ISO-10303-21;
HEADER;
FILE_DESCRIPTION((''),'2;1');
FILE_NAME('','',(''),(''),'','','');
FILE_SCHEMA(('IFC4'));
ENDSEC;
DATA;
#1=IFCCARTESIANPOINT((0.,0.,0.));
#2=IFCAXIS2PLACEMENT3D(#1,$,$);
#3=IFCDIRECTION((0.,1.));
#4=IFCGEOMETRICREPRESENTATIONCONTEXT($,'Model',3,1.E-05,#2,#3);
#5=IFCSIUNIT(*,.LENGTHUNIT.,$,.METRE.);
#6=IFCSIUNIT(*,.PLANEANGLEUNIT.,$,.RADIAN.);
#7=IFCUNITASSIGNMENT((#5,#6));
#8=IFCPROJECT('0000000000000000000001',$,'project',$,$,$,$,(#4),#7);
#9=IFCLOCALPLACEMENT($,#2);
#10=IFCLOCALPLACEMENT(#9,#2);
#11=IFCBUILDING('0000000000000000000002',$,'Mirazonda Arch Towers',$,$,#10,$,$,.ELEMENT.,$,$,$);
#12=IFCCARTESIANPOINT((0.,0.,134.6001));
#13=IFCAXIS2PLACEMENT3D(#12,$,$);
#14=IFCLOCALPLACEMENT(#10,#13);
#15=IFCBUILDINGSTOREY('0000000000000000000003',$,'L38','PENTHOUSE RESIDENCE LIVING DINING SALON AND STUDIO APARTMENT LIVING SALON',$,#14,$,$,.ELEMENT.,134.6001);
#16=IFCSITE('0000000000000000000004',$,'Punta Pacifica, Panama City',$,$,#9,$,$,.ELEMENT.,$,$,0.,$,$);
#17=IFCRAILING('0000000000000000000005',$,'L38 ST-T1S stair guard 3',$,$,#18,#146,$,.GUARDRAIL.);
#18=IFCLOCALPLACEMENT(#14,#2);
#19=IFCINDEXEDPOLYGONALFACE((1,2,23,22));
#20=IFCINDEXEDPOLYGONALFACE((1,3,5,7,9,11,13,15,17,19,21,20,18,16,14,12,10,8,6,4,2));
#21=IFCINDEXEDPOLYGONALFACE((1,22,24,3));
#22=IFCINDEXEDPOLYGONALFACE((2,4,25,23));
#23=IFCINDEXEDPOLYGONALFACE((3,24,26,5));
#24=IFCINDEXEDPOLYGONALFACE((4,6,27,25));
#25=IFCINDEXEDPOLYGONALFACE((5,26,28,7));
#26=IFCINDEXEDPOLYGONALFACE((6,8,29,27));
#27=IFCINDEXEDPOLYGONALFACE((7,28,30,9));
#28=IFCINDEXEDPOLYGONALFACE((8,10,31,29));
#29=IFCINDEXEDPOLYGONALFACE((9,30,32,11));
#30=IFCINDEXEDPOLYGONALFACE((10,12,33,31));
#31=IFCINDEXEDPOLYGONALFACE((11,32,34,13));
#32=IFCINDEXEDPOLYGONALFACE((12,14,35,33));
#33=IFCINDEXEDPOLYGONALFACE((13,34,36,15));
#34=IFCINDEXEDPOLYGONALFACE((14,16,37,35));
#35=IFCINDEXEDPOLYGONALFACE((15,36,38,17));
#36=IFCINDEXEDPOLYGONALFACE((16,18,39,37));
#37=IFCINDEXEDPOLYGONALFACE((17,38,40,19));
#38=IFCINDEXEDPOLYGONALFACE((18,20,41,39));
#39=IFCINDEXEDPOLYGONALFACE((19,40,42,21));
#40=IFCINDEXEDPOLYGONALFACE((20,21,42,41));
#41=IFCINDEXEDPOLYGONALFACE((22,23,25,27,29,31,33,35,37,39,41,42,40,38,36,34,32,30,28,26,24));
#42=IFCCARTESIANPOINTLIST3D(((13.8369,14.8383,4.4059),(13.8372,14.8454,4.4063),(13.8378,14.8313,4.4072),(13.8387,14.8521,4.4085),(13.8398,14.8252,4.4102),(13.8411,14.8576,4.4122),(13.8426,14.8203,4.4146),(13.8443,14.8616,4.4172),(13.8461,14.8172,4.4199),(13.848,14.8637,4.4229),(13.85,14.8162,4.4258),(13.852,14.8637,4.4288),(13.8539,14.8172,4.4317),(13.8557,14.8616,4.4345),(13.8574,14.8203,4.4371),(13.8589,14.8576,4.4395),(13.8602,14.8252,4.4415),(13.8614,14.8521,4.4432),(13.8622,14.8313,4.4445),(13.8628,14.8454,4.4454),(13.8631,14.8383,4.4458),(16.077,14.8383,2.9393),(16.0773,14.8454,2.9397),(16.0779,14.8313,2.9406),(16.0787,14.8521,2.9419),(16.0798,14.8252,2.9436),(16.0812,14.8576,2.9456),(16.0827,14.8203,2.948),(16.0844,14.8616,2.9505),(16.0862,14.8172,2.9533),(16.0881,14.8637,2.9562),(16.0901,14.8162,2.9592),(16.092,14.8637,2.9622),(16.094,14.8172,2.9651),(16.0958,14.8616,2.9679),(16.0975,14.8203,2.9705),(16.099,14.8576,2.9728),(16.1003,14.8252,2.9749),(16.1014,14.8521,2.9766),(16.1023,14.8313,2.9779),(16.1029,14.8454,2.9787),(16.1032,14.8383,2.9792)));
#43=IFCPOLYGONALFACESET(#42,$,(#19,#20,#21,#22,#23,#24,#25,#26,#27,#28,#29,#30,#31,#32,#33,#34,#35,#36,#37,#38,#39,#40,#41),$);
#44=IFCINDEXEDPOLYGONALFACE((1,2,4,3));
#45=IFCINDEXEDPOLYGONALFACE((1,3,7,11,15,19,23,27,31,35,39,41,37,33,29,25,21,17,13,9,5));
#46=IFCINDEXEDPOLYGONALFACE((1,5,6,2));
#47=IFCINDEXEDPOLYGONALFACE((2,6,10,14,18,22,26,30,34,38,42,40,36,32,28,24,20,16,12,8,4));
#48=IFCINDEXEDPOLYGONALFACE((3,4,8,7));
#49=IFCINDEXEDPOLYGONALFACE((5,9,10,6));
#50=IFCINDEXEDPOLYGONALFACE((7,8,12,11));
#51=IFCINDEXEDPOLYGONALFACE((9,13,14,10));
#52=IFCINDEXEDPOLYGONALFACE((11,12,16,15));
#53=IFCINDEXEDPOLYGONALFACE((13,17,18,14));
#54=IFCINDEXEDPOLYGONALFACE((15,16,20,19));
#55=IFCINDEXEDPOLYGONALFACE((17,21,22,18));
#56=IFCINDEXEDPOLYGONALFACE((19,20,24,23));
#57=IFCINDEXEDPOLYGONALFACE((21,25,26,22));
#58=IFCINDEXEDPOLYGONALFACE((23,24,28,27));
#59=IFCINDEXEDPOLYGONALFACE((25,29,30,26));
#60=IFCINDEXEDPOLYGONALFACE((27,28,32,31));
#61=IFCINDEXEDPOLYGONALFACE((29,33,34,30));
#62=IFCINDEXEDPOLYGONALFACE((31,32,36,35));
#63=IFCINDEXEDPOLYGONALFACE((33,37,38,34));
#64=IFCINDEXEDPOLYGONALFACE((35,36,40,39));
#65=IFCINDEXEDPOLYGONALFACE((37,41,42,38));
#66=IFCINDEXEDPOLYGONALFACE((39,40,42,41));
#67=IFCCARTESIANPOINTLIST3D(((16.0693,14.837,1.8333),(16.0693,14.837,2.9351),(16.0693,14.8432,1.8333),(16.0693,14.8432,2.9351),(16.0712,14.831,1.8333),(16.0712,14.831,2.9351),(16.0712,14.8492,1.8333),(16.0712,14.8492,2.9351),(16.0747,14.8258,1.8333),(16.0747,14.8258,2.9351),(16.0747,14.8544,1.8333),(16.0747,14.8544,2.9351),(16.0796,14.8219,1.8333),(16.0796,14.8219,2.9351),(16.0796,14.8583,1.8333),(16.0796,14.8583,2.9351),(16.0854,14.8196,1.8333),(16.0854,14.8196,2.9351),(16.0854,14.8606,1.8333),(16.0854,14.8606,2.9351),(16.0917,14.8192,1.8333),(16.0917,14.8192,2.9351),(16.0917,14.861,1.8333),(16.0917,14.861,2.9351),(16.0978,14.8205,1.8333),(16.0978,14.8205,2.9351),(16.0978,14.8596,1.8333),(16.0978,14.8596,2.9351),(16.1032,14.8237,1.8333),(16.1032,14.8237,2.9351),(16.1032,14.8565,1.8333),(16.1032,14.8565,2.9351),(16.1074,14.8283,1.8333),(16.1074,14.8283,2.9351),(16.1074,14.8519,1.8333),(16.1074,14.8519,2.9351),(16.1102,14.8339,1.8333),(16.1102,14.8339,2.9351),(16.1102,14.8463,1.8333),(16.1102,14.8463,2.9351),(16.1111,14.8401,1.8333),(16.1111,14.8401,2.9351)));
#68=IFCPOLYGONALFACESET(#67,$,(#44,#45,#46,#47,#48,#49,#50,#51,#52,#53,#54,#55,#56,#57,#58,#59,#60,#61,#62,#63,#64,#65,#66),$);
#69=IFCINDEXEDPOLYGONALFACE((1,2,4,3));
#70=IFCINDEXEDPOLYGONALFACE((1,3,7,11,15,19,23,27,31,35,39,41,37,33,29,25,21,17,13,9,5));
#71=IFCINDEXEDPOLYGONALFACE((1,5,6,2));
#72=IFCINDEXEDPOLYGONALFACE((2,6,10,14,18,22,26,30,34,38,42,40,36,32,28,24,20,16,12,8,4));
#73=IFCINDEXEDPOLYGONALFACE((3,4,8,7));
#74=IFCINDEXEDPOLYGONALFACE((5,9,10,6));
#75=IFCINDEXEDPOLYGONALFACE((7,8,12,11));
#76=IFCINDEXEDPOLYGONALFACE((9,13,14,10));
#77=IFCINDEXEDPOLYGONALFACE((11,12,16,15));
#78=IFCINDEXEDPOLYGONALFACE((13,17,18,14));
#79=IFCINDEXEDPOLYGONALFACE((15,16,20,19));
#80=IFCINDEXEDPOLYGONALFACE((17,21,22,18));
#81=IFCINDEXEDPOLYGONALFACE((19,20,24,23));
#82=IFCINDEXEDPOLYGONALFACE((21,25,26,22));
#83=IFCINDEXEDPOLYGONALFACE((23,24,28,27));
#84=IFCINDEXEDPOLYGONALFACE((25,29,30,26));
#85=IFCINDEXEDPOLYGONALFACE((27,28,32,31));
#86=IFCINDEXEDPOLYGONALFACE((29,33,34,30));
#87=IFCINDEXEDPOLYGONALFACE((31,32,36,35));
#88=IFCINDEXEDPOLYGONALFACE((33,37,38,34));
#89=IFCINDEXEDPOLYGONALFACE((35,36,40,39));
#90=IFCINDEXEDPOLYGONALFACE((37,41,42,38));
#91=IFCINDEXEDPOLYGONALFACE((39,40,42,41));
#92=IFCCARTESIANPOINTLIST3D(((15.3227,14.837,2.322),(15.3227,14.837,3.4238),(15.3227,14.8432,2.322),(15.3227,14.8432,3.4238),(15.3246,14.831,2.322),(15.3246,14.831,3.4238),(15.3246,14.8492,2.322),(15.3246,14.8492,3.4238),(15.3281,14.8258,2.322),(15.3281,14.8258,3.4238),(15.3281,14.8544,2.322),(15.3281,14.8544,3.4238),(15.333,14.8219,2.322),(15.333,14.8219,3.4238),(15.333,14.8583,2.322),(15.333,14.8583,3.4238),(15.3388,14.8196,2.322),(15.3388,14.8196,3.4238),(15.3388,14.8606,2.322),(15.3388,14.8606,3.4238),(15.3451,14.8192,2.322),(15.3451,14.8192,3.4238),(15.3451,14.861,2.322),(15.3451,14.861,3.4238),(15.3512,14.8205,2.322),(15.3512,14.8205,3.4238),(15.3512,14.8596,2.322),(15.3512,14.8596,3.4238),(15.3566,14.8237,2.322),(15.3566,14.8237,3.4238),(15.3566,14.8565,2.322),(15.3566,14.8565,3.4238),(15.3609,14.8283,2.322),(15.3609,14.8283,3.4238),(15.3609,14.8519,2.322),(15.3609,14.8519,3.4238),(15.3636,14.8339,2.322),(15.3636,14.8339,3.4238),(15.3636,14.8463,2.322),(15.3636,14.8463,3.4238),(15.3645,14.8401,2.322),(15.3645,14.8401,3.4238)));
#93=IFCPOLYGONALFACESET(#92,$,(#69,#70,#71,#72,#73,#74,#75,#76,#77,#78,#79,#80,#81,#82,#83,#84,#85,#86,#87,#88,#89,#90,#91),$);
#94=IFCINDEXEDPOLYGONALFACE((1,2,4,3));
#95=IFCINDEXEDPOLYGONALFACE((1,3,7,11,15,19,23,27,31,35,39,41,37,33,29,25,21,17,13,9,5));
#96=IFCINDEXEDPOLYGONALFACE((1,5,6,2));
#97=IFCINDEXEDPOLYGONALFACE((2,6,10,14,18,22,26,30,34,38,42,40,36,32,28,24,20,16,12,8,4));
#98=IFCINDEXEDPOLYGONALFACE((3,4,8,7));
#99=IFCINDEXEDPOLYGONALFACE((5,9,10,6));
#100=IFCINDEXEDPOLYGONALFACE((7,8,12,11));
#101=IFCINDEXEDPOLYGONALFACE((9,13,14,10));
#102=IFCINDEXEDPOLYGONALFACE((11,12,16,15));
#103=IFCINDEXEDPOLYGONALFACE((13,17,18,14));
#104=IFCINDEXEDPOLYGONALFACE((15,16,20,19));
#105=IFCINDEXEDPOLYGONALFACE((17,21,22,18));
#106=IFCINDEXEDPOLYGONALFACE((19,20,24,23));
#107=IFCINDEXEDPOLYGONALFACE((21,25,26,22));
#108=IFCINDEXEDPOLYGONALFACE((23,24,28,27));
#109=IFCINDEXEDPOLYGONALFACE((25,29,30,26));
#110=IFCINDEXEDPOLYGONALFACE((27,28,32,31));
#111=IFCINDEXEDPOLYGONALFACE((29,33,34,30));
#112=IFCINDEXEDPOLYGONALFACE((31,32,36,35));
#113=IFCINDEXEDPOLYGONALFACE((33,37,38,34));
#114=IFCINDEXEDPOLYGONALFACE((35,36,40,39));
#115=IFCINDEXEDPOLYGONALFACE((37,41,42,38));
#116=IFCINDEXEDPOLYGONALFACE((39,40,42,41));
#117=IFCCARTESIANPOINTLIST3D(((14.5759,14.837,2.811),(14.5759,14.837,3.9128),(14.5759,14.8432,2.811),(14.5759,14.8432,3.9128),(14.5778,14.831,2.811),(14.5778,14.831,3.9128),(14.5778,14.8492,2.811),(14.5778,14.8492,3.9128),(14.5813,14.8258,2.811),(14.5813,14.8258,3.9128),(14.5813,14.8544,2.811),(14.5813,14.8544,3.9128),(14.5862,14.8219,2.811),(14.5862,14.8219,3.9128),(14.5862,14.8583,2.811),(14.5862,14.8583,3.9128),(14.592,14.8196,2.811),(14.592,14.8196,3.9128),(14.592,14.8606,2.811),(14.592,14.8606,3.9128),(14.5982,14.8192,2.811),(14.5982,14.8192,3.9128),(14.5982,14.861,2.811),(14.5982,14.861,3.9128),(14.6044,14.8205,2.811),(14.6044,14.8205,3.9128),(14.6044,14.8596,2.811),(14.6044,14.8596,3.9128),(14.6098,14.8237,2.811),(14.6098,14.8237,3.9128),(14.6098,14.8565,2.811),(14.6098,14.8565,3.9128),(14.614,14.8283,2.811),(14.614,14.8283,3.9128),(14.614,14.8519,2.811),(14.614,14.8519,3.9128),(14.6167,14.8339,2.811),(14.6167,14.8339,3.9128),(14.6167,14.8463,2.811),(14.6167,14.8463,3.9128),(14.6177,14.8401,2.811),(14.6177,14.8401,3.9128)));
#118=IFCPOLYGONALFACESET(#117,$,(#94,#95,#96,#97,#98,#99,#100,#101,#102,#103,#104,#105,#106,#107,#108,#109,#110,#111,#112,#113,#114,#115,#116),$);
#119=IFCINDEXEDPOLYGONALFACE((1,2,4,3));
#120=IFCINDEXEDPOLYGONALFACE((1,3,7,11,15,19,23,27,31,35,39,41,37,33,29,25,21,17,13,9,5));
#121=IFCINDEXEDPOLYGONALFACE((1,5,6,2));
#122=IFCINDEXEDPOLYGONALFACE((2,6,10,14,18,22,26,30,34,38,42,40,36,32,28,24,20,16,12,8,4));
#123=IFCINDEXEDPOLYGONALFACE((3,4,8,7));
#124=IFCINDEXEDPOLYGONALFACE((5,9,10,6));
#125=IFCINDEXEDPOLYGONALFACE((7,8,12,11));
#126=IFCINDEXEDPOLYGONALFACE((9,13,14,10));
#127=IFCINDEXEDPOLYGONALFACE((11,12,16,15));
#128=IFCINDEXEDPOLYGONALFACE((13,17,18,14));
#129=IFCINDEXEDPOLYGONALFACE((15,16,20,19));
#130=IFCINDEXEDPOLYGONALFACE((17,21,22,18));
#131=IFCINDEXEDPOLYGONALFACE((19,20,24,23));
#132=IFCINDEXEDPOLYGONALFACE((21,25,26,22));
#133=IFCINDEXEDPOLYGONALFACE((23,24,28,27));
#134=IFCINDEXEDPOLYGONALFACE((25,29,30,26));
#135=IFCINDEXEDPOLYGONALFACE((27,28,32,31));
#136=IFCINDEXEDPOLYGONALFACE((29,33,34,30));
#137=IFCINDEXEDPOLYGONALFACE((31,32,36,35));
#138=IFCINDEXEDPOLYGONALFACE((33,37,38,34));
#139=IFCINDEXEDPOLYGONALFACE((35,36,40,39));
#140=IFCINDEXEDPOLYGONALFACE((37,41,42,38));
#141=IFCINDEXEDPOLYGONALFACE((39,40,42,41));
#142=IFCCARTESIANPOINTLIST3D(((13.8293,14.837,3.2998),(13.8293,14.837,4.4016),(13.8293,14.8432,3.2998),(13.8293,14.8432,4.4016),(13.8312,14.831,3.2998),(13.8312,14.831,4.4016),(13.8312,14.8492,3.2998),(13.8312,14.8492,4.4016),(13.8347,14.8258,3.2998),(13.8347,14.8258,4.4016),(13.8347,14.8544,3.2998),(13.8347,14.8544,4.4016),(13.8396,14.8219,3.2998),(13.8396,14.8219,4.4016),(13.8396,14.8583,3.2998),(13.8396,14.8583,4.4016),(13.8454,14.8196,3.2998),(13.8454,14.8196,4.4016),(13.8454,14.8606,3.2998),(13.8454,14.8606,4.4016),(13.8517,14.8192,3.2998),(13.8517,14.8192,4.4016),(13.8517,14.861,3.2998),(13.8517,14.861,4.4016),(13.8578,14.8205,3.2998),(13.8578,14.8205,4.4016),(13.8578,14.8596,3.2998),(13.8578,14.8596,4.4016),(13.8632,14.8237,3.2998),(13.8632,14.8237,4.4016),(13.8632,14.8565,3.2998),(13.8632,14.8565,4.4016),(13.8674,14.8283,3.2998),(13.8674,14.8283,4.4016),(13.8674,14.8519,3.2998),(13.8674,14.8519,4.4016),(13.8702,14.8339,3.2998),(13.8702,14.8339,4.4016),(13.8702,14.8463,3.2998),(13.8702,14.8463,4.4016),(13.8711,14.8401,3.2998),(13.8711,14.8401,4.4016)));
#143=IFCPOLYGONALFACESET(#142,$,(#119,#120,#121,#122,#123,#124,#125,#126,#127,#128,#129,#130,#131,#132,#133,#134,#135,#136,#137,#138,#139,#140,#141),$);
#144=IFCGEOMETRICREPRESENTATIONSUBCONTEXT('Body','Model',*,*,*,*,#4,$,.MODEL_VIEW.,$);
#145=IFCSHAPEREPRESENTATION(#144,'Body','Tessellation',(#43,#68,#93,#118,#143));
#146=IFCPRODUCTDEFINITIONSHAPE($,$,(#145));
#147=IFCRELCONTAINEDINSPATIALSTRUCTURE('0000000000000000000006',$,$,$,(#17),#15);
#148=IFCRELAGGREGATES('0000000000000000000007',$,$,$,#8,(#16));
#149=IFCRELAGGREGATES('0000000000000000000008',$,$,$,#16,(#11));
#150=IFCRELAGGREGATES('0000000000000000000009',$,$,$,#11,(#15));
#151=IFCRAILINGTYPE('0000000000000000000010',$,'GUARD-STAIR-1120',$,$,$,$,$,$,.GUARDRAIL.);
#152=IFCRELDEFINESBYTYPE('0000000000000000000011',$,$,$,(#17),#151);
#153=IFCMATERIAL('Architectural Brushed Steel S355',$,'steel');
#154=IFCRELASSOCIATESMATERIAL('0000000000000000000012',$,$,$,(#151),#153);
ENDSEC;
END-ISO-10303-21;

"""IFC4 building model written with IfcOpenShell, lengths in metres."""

from ifc_helpers import new_model, si_unit, direction, frame, origin, origin_2d, place, context, subcontext, project, spatial, circle, extrude, material, type_object, element, save


model = new_model("IFC4")

# Units and contexts
model_context = context("Model", 3, precision=1e-05, world=origin(), true_north=direction((0.0, 1.0)))
body_context = subcontext(model_context, "Body", "Model", "MODEL_VIEW")
ifc_project = project(units=[si_unit("LENGTHUNIT", "METRE"), si_unit("PLANEANGLEUNIT", "RADIAN")], contexts=[model_context])

# Site, building, storey
site_placement = place(None, origin())
site = spatial("IfcSite", under=ifc_project, at=site_placement, Name="Punta Pacifica, Panama City", CompositionType="ELEMENT", RefElevation=0.0)
building_placement = place(site_placement, origin())
building = spatial("IfcBuilding", under=site, at=building_placement, Name="Mirazonda Arch Towers", CompositionType="ELEMENT")
storey_placement = place(building_placement, frame((0.0, 0.0, 134.6001)))
storey = spatial("IfcBuildingStorey", under=building, at=storey_placement, Name="L38", Description="PENTHOUSE RESIDENCE LIVING DINING SALON AND STUDIO APARTMENT LIVING SALON", CompositionType="ELEMENT", Elevation=134.6001)

# Shared definitions
ifc_material_1 = material(Name="Architectural Brushed Steel S355", Category="steel")

# Railing
railing_type_1 = type_object("IfcRailingType", Name="GUARD-STAIR-1120", PredefinedType="GUARDRAIL", material=ifc_material_1)
railing_1_placement = place(storey_placement, frame((16.0901, 14.8401, 1.8333)))
element("IfcRailing", 1, at=railing_1_placement, inside=storey, type_object=railing_type_1, Name="L38 ST-T1S stair guard 3", PredefinedType="GUARDRAIL", context=body_context, shape_type="SweptSolid", body=[
    extrude(circle(Radius=0.0239, at=origin_2d()), frame((0.0, 0.0, 1.126), z_axis=(-0.836637, 0.0, 0.547758), x_axis=(0.0, -1.0, 0.0)), (0.0, 0.0, 1.0), 2.6775),
    extrude(circle(Radius=0.021, at=origin_2d()), origin(), (0.0, 0.0, 1.0), 1.1018),
    extrude(circle(Radius=0.021, at=origin_2d()), frame((-0.7466, 0.0, 0.4888)), (0.0, 0.0, 1.0), 1.1018),
    extrude(circle(Radius=0.021, at=origin_2d()), frame((-1.4934, 0.0, 0.9778)), (0.0, 0.0, 1.0), 1.1018),
    extrude(circle(Radius=0.021, at=origin_2d()), frame((-2.24, 0.0, 1.4666)), (0.0, 0.0, 1.0), 1.1018),
])

save(model, "model.ifc")
